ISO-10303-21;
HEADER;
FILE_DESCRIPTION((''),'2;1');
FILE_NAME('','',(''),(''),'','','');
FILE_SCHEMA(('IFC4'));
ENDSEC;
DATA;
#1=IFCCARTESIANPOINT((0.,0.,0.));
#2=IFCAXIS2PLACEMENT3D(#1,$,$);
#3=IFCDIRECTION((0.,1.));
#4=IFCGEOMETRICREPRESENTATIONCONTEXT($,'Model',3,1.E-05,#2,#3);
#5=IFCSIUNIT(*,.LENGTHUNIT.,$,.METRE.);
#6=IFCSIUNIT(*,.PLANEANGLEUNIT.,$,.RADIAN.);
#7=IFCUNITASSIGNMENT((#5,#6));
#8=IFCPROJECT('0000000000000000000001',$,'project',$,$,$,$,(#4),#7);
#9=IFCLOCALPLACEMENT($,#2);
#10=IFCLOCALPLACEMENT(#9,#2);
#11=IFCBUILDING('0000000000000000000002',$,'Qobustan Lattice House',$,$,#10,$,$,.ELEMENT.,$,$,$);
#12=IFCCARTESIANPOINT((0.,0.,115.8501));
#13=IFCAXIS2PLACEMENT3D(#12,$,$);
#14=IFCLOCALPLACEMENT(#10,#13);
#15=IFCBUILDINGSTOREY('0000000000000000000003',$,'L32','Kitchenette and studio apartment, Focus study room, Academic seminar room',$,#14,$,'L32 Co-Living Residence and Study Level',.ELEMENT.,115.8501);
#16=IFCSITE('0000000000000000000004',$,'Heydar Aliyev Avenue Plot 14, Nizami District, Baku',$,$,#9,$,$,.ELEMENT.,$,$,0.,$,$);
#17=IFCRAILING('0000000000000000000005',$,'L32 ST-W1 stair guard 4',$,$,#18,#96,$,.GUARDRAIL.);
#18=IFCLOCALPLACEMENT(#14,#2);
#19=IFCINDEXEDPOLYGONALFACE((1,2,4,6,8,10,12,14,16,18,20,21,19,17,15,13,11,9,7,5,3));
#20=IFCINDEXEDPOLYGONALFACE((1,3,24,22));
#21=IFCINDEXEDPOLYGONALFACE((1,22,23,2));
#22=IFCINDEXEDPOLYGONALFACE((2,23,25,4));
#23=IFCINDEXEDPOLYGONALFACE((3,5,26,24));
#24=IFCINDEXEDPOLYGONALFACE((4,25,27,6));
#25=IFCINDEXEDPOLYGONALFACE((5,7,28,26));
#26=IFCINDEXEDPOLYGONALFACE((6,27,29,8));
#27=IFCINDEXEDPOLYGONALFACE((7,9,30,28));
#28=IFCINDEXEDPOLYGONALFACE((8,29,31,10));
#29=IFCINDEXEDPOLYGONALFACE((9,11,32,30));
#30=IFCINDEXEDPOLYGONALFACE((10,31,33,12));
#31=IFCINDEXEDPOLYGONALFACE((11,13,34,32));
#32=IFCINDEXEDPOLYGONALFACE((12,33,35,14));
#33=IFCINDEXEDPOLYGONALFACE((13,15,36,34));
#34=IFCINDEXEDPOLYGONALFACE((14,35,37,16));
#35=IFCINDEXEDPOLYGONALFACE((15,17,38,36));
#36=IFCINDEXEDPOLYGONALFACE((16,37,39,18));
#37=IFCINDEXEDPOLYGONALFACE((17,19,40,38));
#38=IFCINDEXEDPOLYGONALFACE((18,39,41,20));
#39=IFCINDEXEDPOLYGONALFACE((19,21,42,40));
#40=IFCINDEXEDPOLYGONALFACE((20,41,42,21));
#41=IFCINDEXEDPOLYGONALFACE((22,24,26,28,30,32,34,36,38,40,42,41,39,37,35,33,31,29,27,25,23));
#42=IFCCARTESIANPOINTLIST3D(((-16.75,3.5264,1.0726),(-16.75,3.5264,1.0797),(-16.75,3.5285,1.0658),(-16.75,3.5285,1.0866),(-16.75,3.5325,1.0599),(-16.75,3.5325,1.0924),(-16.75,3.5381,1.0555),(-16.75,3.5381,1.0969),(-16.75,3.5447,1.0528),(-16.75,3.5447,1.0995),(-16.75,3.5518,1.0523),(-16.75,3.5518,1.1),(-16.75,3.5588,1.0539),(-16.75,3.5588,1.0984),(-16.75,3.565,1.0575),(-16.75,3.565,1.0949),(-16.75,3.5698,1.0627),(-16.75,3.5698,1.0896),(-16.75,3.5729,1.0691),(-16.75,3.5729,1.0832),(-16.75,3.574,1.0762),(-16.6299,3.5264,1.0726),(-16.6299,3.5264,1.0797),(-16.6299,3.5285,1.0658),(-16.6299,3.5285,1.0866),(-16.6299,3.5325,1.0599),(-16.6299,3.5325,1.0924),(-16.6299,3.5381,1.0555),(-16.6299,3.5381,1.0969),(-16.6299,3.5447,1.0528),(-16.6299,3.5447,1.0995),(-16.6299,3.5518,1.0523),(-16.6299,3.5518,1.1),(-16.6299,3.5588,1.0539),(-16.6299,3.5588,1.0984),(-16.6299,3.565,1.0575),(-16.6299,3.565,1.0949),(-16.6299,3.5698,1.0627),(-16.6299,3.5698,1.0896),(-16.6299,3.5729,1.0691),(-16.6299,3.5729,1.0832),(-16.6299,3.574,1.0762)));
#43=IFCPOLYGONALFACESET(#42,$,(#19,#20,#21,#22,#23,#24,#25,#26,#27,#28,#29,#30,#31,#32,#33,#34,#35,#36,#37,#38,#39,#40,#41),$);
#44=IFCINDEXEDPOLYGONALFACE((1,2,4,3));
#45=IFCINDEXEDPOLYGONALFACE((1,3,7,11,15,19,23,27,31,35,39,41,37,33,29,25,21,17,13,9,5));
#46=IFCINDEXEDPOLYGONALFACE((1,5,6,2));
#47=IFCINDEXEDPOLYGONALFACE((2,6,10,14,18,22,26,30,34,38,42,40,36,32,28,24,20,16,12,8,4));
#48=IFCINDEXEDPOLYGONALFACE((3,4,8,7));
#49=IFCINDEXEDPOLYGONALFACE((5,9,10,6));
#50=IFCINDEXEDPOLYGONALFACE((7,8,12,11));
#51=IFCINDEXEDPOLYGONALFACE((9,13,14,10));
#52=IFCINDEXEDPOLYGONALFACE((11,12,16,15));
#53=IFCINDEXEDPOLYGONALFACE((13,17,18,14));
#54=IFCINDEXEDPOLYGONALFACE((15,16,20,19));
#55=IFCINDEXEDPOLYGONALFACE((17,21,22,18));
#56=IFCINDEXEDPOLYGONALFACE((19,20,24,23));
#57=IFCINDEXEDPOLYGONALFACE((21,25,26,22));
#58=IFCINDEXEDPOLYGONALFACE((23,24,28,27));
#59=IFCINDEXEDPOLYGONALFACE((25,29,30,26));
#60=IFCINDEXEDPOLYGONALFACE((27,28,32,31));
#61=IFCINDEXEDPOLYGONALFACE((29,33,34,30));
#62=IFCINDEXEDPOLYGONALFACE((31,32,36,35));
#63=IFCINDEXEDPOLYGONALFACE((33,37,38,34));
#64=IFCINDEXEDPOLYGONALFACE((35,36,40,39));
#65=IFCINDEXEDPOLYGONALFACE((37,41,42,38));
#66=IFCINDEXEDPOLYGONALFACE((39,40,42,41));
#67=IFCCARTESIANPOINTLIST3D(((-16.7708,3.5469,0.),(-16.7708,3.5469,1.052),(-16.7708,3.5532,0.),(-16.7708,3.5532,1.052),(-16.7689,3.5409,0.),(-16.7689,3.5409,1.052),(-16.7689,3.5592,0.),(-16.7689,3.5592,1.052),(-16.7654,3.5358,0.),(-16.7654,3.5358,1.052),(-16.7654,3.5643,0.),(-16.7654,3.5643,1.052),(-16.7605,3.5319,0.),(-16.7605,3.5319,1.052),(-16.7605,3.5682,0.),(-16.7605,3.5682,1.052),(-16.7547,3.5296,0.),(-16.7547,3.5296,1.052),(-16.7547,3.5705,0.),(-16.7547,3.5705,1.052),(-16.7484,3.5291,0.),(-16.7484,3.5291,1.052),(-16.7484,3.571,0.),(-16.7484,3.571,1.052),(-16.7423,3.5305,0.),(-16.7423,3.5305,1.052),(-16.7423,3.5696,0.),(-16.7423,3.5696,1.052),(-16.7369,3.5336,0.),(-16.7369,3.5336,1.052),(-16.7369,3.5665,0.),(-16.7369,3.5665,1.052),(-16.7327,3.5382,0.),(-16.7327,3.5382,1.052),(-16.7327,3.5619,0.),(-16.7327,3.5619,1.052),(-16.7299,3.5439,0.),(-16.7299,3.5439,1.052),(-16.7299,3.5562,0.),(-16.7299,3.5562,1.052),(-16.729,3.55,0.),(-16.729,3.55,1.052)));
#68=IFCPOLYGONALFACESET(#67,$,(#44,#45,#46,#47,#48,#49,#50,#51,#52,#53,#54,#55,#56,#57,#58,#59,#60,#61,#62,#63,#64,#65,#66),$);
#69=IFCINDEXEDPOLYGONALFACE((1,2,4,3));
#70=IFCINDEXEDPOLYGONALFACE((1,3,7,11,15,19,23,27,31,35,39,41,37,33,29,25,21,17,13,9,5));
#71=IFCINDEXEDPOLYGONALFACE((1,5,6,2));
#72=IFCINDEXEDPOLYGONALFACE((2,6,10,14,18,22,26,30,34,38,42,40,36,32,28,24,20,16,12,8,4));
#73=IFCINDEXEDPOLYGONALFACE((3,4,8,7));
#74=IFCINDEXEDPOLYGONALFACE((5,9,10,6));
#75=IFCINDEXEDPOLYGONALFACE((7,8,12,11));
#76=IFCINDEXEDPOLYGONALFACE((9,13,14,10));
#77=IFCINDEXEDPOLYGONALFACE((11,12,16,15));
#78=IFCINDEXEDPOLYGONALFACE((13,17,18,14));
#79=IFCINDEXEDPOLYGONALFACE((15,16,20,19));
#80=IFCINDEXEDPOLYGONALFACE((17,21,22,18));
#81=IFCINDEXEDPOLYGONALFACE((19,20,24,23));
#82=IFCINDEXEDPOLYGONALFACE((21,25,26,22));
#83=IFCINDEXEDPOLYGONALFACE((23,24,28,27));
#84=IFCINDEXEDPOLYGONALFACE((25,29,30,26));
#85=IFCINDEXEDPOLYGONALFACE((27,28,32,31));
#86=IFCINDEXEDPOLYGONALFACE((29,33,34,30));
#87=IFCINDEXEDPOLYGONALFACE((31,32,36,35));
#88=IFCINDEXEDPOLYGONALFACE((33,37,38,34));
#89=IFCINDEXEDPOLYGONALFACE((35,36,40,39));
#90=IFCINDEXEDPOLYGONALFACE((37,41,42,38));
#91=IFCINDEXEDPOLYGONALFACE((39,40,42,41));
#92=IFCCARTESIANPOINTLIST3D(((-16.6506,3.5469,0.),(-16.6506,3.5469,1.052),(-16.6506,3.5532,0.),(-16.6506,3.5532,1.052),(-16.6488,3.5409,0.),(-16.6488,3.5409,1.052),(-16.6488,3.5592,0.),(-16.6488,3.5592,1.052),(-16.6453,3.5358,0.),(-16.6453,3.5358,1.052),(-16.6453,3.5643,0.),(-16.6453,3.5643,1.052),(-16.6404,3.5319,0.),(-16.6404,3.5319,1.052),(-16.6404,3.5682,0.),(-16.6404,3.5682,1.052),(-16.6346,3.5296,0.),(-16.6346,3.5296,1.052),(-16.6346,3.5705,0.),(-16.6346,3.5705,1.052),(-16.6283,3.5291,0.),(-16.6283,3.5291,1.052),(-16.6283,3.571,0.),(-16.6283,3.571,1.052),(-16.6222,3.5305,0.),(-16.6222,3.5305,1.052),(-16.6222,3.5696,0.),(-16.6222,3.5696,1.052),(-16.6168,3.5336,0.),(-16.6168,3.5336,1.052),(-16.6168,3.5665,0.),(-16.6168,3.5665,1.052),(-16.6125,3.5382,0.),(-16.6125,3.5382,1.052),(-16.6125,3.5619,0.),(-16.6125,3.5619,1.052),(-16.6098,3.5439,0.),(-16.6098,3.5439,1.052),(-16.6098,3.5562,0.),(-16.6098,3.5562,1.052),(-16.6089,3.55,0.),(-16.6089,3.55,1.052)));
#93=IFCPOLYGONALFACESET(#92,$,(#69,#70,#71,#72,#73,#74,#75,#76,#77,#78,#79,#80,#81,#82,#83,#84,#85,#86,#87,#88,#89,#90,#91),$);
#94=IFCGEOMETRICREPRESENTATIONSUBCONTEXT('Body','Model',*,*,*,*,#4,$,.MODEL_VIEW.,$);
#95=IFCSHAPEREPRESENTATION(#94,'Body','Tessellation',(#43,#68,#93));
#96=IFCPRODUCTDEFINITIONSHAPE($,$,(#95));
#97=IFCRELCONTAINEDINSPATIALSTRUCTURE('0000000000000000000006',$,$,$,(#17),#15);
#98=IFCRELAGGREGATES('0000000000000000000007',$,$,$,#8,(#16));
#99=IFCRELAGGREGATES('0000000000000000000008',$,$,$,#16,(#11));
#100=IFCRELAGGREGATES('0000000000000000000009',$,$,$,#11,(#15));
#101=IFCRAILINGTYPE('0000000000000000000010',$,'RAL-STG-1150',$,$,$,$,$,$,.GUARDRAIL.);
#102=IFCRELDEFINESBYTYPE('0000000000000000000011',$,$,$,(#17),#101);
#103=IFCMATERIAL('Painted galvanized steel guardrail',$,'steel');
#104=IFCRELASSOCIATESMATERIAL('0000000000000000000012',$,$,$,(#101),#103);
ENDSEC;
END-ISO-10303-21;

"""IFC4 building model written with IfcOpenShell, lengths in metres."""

from ifc_helpers import new_model, si_unit, direction, frame, origin, origin_2d, place, context, subcontext, project, spatial, circle, extrude, material, type_object, element, save


model = new_model("IFC4")

# Units and contexts
model_context = context("Model", 3, precision=1e-05, world=origin(), true_north=direction((0.0, 1.0)))
body_context = subcontext(model_context, "Body", "Model", "MODEL_VIEW")
ifc_project = project(units=[si_unit("LENGTHUNIT", "METRE"), si_unit("PLANEANGLEUNIT", "RADIAN")], contexts=[model_context])

# Site, building, storey
site_placement = place(None, origin())
site = spatial("IfcSite", under=ifc_project, at=site_placement, Name="Heydar Aliyev Avenue Plot 14, Nizami District, Baku", CompositionType="ELEMENT", RefElevation=0.0)
building_placement = place(site_placement, origin())
building = spatial("IfcBuilding", under=site, at=building_placement, Name="Qobustan Lattice House", CompositionType="ELEMENT")
storey_placement = place(building_placement, frame((0.0, 0.0, 115.8501)))
storey = spatial("IfcBuildingStorey", under=building, at=storey_placement, Name="L32", Description="Kitchenette and studio apartment, Focus study room, Academic seminar room", LongName="L32 Co-Living Residence and Study Level", CompositionType="ELEMENT", Elevation=115.8501)

# Railing
ifc_material_1 = material(Name="Painted galvanized steel guardrail", Category="steel")
railing_type_1 = type_object("IfcRailingType", Name="RAL-STG-1150", PredefinedType="GUARDRAIL", material=ifc_material_1)
railing_1_placement = place(storey_placement, frame((-16.75, 3.55, 0.0)))
element("IfcRailing", 1, at=railing_1_placement, inside=storey, type_object=railing_type_1, Name="L32 ST-W1 stair guard 4", PredefinedType="GUARDRAIL", context=body_context, shape_type="SweptSolid", body=[
    extrude(circle(Radius=0.0239, at=origin_2d()), frame((0.0, 0.0, 1.0762), z_axis=(1.0, 0.0, 0.0), x_axis=(0.0, 1.0, 0.0)), (0.0, 0.0, 1.0), 0.1201),
    extrude(circle(Radius=0.021, at=origin_2d()), origin(), (0.0, 0.0, 1.0), 1.052),
    extrude(circle(Radius=0.021, at=origin_2d()), frame((0.1201, 0.0, 0.0)), (0.0, 0.0, 1.0), 1.052),
])

save(model, "model.ifc")
